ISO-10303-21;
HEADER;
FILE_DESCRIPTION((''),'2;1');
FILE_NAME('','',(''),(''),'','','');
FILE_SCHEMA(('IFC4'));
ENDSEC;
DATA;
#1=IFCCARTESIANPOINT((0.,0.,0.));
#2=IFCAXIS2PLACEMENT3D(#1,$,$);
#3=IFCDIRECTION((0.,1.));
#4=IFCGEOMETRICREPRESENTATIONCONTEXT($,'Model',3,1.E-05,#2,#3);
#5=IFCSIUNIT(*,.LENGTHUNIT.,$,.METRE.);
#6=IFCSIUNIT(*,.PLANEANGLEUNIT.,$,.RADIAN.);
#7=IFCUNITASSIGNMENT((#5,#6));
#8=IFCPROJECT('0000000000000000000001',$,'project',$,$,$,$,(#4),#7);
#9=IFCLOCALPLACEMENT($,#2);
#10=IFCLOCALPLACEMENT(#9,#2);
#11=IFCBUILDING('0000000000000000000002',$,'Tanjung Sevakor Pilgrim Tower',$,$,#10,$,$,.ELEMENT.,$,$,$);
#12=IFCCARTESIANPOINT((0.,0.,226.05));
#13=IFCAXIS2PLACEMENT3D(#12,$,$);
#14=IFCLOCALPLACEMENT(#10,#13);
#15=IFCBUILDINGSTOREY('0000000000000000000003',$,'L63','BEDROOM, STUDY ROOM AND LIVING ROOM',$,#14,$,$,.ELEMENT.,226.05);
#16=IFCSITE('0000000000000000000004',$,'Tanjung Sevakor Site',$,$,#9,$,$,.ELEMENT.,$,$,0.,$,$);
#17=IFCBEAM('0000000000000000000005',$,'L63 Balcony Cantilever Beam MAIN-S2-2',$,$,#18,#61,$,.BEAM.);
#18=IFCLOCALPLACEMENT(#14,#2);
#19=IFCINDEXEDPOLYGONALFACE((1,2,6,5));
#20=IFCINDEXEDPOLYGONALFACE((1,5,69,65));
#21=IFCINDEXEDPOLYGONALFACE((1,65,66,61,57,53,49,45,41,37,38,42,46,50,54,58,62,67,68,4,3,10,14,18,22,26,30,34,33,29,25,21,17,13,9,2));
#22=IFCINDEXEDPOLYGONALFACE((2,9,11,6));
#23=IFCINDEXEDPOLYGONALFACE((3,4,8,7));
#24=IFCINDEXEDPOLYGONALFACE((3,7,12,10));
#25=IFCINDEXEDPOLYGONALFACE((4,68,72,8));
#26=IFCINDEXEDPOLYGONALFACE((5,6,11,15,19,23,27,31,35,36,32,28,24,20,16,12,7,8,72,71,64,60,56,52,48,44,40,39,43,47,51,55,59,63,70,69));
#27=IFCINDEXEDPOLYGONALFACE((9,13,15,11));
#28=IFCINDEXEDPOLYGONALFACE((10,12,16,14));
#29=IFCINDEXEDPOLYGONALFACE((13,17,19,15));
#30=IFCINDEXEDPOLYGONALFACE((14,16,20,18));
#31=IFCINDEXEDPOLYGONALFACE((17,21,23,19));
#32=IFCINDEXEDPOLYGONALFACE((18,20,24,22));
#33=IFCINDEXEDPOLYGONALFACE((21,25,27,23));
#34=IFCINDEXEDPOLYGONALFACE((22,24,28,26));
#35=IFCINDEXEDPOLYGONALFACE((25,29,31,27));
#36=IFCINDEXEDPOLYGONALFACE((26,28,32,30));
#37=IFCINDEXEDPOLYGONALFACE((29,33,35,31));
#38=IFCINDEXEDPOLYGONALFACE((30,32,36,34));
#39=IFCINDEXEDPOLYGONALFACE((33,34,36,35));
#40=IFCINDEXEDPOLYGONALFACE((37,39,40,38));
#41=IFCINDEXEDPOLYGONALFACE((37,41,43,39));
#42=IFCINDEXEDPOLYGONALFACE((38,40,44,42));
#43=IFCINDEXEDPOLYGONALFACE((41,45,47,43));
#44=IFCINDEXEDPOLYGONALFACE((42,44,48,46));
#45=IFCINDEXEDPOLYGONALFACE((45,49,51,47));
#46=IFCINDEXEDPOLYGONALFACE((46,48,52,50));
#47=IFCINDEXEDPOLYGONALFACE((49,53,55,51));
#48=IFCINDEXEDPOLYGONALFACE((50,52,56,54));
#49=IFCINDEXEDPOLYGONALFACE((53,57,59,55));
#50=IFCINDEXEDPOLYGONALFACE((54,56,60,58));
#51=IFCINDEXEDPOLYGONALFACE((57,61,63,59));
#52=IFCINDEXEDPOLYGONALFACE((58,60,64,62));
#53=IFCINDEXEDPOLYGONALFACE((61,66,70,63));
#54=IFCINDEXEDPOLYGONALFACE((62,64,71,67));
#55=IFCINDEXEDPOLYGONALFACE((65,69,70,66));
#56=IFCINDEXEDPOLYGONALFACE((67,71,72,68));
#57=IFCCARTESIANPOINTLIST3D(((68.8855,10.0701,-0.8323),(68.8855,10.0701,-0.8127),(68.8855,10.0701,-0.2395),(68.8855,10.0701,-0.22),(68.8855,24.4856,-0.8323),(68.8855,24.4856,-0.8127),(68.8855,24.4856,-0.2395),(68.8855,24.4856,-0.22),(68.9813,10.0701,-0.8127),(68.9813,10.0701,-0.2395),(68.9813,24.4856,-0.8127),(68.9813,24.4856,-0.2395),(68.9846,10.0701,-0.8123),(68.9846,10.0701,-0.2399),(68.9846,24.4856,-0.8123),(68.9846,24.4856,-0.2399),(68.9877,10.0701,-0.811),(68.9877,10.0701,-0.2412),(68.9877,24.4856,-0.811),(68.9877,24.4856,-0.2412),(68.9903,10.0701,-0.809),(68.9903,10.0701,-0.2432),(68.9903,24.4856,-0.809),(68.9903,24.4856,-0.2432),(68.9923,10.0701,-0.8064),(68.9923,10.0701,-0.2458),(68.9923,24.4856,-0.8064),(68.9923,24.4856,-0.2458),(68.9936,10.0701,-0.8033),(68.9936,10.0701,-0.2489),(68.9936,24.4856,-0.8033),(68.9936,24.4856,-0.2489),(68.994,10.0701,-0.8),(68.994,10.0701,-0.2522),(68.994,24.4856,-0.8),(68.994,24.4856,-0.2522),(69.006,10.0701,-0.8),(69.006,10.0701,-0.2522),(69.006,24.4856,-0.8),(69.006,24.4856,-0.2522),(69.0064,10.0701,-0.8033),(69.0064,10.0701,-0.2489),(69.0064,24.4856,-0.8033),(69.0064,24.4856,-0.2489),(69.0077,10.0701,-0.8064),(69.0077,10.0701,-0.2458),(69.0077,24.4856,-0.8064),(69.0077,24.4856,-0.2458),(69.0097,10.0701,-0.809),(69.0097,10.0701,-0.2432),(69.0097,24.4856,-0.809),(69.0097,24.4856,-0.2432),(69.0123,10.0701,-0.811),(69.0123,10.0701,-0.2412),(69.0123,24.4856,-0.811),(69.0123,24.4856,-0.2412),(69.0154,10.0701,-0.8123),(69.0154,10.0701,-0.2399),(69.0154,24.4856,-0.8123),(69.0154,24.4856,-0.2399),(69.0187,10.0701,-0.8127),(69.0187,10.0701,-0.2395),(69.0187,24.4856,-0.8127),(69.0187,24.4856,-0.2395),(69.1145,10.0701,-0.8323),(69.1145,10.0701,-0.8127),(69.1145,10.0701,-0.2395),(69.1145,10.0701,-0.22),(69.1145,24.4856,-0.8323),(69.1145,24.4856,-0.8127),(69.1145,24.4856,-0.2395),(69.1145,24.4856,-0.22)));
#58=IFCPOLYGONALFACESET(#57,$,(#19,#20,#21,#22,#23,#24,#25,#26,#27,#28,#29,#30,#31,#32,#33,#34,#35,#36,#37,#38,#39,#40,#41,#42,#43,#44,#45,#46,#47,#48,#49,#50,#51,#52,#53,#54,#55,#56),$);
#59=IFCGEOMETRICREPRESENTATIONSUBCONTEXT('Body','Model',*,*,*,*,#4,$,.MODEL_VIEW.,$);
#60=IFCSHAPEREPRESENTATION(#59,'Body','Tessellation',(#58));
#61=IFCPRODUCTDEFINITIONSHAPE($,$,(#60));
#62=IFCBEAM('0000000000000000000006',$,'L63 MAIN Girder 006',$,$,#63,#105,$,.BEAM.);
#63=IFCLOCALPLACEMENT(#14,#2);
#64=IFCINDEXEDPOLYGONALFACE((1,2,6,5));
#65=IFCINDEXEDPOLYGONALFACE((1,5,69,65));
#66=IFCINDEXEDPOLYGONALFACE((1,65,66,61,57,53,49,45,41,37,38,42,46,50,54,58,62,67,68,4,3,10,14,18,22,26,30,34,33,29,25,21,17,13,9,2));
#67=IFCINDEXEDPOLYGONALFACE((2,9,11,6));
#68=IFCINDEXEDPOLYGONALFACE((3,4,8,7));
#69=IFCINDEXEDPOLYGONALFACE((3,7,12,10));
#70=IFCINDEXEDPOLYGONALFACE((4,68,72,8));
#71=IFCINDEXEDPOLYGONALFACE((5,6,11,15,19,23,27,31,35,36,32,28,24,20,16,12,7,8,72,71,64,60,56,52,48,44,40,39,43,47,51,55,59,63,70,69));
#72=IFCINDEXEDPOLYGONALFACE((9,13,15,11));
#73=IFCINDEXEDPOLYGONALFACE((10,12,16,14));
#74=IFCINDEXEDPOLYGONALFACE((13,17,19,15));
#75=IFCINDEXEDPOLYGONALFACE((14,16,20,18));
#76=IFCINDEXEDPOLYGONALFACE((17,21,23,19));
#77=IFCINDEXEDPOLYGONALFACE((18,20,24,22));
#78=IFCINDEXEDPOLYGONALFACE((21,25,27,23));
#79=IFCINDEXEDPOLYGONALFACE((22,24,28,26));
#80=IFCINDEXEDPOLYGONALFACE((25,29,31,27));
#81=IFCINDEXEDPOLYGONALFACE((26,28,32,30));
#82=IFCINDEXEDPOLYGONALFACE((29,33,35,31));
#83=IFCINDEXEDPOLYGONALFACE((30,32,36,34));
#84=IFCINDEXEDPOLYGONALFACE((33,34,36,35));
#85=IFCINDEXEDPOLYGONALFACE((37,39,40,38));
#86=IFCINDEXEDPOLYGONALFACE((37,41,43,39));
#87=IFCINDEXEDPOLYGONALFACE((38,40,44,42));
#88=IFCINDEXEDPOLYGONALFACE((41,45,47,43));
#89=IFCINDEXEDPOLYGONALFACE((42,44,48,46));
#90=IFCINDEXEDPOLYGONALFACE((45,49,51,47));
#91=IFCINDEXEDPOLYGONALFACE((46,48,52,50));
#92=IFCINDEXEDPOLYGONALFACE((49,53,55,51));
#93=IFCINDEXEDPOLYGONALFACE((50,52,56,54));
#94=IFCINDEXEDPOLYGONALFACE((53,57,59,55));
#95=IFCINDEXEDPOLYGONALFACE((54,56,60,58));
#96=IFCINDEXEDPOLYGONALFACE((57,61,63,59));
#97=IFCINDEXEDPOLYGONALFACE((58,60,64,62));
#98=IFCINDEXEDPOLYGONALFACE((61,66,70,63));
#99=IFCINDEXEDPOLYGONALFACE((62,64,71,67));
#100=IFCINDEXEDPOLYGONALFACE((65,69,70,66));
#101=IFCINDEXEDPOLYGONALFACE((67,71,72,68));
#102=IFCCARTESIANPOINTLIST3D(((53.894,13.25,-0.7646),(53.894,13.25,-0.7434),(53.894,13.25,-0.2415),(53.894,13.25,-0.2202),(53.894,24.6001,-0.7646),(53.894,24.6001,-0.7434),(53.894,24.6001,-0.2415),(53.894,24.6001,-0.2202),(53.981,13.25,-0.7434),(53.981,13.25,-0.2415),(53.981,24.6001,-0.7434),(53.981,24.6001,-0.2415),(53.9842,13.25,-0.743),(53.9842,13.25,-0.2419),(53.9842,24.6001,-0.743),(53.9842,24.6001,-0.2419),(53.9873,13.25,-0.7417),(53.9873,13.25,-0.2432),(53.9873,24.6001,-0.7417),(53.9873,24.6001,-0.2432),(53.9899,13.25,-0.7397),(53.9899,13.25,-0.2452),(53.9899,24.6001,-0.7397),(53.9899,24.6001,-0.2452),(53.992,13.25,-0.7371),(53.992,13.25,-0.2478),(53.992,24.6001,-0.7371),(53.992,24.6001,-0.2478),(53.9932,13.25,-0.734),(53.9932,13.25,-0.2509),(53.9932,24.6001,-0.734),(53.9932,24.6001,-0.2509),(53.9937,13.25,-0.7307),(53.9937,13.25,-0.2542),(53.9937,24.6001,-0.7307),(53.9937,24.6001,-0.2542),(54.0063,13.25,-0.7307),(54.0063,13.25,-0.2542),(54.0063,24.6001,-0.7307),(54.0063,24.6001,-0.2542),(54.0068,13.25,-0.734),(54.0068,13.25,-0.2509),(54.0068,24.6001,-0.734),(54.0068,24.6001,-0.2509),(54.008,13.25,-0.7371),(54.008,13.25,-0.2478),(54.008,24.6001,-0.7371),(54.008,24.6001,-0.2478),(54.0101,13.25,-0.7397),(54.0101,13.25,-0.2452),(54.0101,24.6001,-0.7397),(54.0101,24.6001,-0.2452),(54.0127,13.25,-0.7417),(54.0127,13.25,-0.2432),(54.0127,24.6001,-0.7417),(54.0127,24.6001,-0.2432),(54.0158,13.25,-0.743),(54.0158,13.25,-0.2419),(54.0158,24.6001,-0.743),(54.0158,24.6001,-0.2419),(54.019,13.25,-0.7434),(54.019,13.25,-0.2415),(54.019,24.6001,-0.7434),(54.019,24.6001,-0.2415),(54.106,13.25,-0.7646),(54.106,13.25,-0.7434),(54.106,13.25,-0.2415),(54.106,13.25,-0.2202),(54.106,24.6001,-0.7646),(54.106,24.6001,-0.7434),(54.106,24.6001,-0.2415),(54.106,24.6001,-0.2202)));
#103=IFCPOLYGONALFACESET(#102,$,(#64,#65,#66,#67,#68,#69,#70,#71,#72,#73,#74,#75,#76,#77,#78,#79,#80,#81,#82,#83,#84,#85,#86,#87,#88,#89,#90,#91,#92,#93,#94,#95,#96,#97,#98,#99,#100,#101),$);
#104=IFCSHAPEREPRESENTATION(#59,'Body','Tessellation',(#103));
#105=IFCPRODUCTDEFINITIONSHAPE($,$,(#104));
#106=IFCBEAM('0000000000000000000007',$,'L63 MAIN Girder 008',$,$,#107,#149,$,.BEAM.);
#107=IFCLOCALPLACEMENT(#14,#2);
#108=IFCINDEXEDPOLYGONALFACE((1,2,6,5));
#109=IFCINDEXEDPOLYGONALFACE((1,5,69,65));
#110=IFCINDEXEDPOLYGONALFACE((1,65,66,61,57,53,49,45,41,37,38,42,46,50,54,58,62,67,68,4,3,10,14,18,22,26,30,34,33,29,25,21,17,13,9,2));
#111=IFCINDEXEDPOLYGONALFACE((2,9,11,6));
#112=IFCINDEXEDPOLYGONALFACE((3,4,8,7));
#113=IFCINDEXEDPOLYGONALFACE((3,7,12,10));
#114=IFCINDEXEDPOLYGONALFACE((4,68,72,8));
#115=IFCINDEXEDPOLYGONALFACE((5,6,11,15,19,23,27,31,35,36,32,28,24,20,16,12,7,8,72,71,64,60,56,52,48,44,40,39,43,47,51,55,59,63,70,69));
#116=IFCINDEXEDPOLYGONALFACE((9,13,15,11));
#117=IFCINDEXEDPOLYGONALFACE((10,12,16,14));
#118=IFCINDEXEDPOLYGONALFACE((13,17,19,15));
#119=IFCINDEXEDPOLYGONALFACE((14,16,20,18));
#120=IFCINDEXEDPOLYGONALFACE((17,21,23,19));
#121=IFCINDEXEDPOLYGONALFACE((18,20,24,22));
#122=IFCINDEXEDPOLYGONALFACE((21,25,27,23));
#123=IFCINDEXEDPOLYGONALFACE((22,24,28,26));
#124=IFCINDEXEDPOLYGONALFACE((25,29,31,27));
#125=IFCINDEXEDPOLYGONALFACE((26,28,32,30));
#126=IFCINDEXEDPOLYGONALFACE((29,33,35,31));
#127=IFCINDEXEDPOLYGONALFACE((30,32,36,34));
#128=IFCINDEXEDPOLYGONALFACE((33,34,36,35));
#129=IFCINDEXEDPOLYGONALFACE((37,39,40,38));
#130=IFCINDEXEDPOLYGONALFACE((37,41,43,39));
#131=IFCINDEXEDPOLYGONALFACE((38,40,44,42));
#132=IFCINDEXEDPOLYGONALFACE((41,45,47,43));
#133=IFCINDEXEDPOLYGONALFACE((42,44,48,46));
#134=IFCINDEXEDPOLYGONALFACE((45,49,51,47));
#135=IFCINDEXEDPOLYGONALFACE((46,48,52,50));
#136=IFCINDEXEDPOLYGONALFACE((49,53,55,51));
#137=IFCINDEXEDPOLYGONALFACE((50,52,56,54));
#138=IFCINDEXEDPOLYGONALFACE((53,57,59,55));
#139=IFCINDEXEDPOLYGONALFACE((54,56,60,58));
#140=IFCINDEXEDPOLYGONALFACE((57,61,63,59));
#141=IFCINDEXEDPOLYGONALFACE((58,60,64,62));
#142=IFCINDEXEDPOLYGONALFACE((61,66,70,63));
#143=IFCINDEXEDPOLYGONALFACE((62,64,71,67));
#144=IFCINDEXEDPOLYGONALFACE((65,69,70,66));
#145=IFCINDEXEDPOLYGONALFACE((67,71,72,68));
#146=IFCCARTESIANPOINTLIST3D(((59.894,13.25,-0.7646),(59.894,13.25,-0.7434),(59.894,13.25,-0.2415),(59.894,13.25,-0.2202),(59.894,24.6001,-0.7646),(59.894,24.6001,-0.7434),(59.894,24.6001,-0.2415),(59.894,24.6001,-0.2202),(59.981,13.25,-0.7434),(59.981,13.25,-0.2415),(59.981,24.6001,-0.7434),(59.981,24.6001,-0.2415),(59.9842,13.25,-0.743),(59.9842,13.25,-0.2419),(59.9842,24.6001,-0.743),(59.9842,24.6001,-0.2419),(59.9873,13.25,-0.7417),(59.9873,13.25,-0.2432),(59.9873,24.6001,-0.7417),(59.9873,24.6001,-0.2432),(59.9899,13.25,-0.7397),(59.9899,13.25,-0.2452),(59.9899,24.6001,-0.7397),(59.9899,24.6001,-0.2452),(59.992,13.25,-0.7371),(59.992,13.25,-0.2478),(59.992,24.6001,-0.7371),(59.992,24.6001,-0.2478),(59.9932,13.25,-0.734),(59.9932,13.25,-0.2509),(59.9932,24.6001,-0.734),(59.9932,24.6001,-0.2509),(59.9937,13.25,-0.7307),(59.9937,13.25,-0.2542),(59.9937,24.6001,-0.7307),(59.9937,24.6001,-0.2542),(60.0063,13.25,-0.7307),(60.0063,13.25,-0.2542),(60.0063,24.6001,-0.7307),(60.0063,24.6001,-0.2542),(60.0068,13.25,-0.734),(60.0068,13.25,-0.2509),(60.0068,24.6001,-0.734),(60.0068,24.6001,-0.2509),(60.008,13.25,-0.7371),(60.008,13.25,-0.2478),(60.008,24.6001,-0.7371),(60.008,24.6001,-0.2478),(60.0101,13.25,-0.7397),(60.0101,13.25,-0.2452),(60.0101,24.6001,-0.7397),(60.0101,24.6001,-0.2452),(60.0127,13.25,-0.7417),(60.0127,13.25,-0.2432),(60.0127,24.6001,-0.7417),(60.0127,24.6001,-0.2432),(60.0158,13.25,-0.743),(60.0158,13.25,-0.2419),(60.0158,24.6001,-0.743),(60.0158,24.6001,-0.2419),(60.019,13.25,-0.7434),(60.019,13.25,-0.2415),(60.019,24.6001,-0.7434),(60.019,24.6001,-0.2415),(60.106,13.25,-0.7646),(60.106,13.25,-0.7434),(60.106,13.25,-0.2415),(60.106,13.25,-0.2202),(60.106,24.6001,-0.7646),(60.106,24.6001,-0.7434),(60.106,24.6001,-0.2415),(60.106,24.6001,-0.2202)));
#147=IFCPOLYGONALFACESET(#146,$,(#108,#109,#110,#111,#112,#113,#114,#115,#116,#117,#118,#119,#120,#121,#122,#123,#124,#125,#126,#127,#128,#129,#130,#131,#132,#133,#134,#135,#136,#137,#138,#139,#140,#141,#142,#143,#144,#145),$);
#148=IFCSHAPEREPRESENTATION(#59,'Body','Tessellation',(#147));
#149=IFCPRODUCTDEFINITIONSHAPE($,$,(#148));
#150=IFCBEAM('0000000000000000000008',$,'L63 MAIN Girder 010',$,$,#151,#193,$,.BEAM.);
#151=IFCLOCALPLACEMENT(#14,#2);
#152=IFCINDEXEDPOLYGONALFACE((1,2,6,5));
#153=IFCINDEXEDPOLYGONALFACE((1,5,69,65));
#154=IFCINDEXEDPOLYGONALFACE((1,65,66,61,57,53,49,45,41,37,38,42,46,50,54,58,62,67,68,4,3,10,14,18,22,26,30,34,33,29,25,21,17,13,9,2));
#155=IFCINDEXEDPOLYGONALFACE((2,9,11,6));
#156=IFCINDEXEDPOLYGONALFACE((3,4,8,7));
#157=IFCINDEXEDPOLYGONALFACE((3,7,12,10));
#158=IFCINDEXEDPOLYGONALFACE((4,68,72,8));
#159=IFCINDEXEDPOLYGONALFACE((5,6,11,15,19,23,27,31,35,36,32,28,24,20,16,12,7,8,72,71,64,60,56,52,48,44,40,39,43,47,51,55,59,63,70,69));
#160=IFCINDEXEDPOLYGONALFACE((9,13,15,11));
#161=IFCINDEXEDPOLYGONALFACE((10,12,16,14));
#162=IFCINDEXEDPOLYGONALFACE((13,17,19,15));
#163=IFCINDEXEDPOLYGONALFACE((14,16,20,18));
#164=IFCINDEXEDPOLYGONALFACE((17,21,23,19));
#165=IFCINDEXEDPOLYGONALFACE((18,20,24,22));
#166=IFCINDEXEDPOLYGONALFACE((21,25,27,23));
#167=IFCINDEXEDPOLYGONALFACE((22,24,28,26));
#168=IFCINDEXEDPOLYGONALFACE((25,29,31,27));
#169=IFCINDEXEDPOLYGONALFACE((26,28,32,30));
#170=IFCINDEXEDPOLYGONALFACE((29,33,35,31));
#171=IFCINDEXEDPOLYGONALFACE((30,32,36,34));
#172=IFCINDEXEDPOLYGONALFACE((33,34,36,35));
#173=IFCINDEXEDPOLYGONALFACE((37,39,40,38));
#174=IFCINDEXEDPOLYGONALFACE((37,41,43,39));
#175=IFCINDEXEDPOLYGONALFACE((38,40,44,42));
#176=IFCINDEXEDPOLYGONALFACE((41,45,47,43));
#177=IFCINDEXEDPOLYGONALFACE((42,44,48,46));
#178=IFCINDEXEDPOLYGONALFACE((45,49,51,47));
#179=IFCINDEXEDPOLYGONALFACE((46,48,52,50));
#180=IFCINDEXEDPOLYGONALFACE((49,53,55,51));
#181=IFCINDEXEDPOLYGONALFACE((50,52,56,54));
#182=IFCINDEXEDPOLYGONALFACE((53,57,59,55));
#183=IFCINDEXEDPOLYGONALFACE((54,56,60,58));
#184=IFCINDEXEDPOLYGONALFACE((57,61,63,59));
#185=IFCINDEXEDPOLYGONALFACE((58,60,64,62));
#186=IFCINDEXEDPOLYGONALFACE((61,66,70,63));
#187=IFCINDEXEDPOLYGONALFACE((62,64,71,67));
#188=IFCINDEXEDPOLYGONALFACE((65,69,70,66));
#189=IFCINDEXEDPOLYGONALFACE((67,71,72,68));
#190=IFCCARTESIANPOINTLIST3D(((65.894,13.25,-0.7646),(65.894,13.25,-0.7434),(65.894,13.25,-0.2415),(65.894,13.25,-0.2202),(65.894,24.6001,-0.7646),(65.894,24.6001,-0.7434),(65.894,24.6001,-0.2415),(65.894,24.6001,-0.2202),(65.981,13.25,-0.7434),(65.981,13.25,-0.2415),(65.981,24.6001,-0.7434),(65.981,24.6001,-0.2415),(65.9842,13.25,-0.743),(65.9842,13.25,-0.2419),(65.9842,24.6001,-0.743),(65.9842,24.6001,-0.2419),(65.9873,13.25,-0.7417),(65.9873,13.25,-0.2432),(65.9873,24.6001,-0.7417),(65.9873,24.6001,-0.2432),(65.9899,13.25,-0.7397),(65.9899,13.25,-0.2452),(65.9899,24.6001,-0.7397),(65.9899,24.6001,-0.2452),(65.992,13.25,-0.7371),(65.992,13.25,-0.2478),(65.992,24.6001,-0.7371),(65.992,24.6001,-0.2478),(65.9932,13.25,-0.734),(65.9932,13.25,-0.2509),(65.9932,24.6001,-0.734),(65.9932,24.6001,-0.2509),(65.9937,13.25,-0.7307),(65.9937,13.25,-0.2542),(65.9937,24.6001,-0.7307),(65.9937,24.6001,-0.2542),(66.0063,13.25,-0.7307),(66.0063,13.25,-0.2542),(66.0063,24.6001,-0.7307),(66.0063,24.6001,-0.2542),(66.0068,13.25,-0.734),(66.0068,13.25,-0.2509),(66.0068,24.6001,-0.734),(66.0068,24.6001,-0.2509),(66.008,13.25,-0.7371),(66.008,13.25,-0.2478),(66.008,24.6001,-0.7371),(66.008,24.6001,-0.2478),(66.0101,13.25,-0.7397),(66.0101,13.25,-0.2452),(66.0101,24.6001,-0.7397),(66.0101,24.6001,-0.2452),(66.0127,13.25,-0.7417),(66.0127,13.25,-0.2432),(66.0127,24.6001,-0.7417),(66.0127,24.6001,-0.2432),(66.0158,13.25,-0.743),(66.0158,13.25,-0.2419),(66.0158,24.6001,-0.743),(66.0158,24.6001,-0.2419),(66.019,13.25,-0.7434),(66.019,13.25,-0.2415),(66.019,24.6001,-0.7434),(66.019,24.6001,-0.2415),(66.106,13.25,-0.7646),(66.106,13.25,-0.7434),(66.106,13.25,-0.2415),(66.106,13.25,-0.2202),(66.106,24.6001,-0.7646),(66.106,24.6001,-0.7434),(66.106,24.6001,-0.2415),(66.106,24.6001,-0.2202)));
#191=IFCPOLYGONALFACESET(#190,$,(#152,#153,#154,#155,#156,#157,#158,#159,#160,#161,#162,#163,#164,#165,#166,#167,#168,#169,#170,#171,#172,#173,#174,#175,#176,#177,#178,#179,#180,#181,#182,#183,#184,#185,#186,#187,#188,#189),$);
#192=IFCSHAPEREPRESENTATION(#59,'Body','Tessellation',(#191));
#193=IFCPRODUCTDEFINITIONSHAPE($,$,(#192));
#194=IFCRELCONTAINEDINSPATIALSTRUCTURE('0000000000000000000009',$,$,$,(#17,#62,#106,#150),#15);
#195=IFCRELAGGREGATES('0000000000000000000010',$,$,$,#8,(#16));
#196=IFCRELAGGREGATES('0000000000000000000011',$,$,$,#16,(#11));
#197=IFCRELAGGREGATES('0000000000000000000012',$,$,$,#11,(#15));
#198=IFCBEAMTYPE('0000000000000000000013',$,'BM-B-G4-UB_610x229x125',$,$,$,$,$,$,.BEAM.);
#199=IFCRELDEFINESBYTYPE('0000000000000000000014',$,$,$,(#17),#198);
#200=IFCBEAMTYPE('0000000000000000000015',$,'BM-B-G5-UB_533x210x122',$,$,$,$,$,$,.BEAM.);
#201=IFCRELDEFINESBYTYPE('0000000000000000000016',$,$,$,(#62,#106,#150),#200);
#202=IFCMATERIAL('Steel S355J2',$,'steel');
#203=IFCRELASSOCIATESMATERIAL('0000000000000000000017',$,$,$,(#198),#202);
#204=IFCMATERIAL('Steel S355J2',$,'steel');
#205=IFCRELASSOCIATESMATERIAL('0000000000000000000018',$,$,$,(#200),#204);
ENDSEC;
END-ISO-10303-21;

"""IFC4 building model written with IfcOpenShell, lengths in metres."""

from ifc_helpers import new_model, si_unit, direction, frame, origin, origin_2d, place, context, subcontext, project, spatial, i_section, extrude, material, material_profile, profile_set, type_object, element, save


model = new_model("IFC4")

# Units and contexts
model_context = context("Model", 3, precision=1e-05, world=origin(), true_north=direction((0.0, 1.0)))
body_context = subcontext(model_context, "Body", "Model", "MODEL_VIEW")
ifc_project = project(units=[si_unit("LENGTHUNIT", "METRE"), si_unit("PLANEANGLEUNIT", "RADIAN")], contexts=[model_context])

# Site, building, storey
site_placement = place(None, origin())
site = spatial("IfcSite", under=ifc_project, at=site_placement, Name="Tanjung Sevakor Site", CompositionType="ELEMENT", RefElevation=0.0)
building_placement = place(site_placement, origin())
building = spatial("IfcBuilding", under=site, at=building_placement, Name="Tanjung Sevakor Pilgrim Tower", CompositionType="ELEMENT")
storey_placement = place(building_placement, frame((0.0, 0.0, 226.05)))
storey = spatial("IfcBuildingStorey", under=building, at=storey_placement, Name="L63", Description="BEDROOM, STUDY ROOM AND LIVING ROOM", CompositionType="ELEMENT", Elevation=226.05)

# Beams
ifc_material_1 = material(Name="Steel S355J2", Category="steel")
ifc_material_profile_1 = material_profile(ifc_material_1, i_section(OverallWidth=0.229, OverallDepth=0.6123, WebThickness=0.012, FlangeThickness=0.0195, FilletRadius=0.0127, at=origin_2d()))
ifc_profile_set_1 = profile_set([ifc_material_profile_1], Name="Steel S355J2")
beam_type_1 = type_object("IfcBeamType", Name="BM-B-G4-UB_610x229x125", PredefinedType="BEAM", material=ifc_profile_set_1)
for number, where, z_axis, x_axis, name in (
    (1, (69.0, 24.4856, -0.5261), (0.0, -1.0, 0.0), (1.0, 0.0, 0.0), "L63 Balcony Cantilever Beam MAIN-S2-2"),
):
    element("IfcBeam", number, at=place(storey_placement, frame(where, z_axis=z_axis, x_axis=x_axis)), inside=storey, type_object=beam_type_1, Name=name, PredefinedType="BEAM", context=body_context, shape_type="SweptSolid", body=[
        extrude(i_section(OverallWidth=0.229, OverallDepth=0.6123, WebThickness=0.012, FlangeThickness=0.0195, FilletRadius=0.0127, at=origin_2d()), origin(), (0.0, 0.0, 1.0), 14.4155),
    ])
ifc_material_2 = material(Name="Steel S355J2", Category="steel")
ifc_material_profile_2 = material_profile(ifc_material_2, i_section(OverallWidth=0.2119, OverallDepth=0.5444, WebThickness=0.0127, FlangeThickness=0.0212, FilletRadius=0.0127, at=origin_2d()))
ifc_profile_set_2 = profile_set([ifc_material_profile_2], Name="Steel S355J2")
beam_type_2 = type_object("IfcBeamType", Name="BM-B-G5-UB_533x210x122", PredefinedType="BEAM", material=ifc_profile_set_2)
for number, where, z_axis, x_axis, name in (
    (2, (54.0, 13.25, -0.4924), (0.0, 1.0, 0.0), (-1.0, 0.0, 0.0), "L63 MAIN Girder 006"),
    (3, (60.0, 13.25, -0.4924), (0.0, 1.0, 0.0), (-1.0, 0.0, 0.0), "L63 MAIN Girder 008"),
    (4, (66.0, 13.25, -0.4924), (0.0, 1.0, 0.0), (-1.0, 0.0, 0.0), "L63 MAIN Girder 010"),
):
    element("IfcBeam", number, at=place(storey_placement, frame(where, z_axis=z_axis, x_axis=x_axis)), inside=storey, type_object=beam_type_2, Name=name, PredefinedType="BEAM", context=body_context, shape_type="SweptSolid", body=[
        extrude(i_section(OverallWidth=0.2119, OverallDepth=0.5444, WebThickness=0.0127, FlangeThickness=0.0212, FilletRadius=0.0127, at=origin_2d()), origin(), (0.0, 0.0, 1.0), 11.3501),
    ])

save(model, "model.ifc")
